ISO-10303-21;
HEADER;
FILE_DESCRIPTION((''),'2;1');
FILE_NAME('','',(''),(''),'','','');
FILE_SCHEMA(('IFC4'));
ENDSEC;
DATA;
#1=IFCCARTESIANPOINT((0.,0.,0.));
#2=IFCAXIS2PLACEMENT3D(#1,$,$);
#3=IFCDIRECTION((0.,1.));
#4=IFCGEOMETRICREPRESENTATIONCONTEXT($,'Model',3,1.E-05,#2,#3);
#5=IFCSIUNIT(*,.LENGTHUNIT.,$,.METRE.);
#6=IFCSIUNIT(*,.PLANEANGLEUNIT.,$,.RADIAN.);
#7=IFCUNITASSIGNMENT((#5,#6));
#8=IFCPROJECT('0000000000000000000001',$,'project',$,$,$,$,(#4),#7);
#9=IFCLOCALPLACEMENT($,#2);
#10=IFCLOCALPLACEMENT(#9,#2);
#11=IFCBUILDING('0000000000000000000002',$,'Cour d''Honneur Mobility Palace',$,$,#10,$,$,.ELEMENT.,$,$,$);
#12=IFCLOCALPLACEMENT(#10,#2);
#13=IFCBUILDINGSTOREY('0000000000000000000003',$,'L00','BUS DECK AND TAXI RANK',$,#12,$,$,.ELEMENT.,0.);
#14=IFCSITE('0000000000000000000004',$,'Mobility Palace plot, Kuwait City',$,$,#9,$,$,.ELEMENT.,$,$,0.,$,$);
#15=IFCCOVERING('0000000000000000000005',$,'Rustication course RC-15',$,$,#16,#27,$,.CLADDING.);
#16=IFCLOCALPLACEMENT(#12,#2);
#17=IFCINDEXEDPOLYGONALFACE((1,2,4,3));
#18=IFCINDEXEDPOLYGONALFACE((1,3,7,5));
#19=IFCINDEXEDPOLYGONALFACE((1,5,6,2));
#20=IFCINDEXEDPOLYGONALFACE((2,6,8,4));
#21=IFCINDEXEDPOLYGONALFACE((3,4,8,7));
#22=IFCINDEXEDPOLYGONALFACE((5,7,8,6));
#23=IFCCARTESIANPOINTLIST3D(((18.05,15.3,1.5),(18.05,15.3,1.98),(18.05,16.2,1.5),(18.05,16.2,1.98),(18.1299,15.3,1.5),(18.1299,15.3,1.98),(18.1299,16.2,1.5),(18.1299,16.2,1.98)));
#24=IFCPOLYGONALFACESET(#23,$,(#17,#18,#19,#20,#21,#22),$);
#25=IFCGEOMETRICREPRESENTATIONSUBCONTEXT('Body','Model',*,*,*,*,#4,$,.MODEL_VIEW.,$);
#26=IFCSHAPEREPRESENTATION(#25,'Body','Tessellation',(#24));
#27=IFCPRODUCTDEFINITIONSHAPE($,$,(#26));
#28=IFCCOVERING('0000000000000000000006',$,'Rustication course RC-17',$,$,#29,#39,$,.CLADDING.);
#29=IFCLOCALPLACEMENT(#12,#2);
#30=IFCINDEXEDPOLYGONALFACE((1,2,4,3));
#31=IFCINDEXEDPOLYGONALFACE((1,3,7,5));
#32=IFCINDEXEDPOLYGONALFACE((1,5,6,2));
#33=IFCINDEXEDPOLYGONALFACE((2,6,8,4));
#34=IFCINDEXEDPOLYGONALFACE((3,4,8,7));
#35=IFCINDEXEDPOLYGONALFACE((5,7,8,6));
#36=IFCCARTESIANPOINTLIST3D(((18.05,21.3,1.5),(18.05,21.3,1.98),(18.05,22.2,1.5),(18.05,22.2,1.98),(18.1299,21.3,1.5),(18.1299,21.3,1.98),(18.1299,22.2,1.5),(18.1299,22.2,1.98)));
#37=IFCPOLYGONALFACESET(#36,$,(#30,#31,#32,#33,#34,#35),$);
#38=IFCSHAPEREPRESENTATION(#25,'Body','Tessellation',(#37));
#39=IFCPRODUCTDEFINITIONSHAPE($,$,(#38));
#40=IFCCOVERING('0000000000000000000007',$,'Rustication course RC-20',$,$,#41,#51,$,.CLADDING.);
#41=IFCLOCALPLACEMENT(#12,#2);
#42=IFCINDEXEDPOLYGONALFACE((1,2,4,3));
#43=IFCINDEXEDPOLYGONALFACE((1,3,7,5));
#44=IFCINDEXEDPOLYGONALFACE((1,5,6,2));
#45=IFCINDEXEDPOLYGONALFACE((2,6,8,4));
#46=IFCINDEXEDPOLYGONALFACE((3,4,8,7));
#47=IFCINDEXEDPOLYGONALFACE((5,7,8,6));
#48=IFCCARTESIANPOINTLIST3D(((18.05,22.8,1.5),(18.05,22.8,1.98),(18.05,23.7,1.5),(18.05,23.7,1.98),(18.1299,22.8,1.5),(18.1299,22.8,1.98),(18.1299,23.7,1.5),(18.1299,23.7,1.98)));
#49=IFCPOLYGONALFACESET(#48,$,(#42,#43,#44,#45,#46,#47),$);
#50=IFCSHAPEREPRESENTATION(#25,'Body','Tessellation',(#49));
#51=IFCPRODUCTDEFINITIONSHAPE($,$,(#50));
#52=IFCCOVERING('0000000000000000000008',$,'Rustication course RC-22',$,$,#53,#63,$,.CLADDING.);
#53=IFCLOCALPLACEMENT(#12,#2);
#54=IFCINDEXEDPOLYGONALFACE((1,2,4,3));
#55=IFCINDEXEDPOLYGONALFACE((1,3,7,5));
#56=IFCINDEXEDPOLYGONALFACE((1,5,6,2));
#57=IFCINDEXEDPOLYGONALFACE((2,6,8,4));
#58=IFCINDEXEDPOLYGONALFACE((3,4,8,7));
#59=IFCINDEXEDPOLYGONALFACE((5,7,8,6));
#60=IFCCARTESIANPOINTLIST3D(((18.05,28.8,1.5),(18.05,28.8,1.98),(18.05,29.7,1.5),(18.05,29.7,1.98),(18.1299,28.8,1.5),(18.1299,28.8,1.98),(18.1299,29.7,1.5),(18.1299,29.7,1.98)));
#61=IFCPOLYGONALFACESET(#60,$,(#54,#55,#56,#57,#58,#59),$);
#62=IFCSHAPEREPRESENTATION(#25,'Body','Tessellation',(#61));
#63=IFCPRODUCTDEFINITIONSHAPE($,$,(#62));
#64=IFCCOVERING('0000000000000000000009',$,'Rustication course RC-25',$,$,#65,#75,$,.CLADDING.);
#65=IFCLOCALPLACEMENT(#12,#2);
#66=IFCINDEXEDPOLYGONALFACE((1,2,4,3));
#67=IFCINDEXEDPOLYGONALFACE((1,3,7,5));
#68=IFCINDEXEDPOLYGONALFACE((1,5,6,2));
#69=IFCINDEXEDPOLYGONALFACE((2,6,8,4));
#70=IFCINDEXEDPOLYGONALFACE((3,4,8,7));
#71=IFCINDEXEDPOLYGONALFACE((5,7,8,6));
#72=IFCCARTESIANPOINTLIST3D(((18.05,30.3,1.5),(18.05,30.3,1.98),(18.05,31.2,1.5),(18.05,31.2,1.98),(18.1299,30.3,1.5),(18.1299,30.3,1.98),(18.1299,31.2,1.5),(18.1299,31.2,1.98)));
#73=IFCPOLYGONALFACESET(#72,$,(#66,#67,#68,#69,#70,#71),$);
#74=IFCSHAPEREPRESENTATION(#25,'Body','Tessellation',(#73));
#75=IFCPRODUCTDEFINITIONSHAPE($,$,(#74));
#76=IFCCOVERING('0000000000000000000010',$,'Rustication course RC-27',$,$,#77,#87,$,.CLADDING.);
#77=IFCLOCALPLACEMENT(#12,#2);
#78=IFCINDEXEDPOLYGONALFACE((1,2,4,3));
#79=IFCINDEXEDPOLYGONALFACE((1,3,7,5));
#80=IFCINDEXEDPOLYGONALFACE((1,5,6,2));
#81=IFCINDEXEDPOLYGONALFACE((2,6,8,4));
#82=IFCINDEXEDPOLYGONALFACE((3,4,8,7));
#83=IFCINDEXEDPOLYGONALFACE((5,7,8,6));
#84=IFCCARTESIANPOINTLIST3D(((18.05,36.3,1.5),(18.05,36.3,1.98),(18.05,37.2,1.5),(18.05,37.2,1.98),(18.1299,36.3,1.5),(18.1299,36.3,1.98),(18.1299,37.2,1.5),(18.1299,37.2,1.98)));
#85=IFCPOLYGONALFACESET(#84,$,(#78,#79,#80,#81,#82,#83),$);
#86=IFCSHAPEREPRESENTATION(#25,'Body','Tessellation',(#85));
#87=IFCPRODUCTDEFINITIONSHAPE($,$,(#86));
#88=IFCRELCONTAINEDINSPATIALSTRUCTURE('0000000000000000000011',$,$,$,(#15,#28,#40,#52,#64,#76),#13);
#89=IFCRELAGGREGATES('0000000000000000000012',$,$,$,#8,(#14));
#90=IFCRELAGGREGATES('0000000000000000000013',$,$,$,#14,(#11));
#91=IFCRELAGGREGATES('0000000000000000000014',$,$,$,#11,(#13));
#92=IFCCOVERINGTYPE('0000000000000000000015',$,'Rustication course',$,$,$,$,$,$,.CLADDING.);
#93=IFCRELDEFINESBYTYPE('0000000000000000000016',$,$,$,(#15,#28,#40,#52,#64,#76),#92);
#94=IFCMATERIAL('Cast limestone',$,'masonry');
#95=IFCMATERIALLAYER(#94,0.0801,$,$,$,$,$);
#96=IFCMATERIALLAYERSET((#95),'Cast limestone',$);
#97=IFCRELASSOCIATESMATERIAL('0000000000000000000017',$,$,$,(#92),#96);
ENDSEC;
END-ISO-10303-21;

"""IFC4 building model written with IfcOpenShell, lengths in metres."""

from ifc_helpers import new_model, si_unit, direction, frame, origin, place, context, subcontext, project, spatial, polyline, outline, extrude, material, layer, layer_set, type_object, element, save


model = new_model("IFC4")

# Units and contexts
model_context = context("Model", 3, precision=1e-05, world=origin(), true_north=direction((0.0, 1.0)))
body_context = subcontext(model_context, "Body", "Model", "MODEL_VIEW")
ifc_project = project(units=[si_unit("LENGTHUNIT", "METRE"), si_unit("PLANEANGLEUNIT", "RADIAN")], contexts=[model_context])

# Site, building, storey
site_placement = place(None, origin())
site = spatial("IfcSite", under=ifc_project, at=site_placement, Name="Mobility Palace plot, Kuwait City", CompositionType="ELEMENT", RefElevation=0.0)
building_placement = place(site_placement, origin())
building = spatial("IfcBuilding", under=site, at=building_placement, Name="Cour d'Honneur Mobility Palace", CompositionType="ELEMENT")
storey_placement = place(building_placement, origin())
storey = spatial("IfcBuildingStorey", under=building, at=storey_placement, Name="L00", Description="BUS DECK AND TAXI RANK", CompositionType="ELEMENT", Elevation=0.0)

# Coverings
ifc_material_1 = material(Name="Cast limestone", Category="masonry")
ifc_layer_1 = layer(ifc_material_1, 0.0801)
ifc_layer_set_1 = layer_set([ifc_layer_1], Name="Cast limestone")
covering_type_1 = type_object("IfcCoveringType", Name="Rustication course", PredefinedType="CLADDING", material=ifc_layer_set_1)
covering_1_placement = place(storey_placement, frame((0.0, 0.0, 1.5)))
element("IfcCovering", 1, at=covering_1_placement, inside=storey, type_object=covering_type_1, Name="Rustication course RC-15", PredefinedType="CLADDING", context=body_context, shape_type="SweptSolid", body=[
    extrude(outline(polyline([(18.05, 15.3), (18.05, 16.2), (18.1299, 16.2), (18.1299, 15.3), (18.05, 15.3)])), origin(), (0.0, 0.0, 1.0), 0.48),
])
covering_2_placement = place(storey_placement, frame((0.0, 0.0, 1.5)))
element("IfcCovering", 2, at=covering_2_placement, inside=storey, type_object=covering_type_1, Name="Rustication course RC-17", PredefinedType="CLADDING", context=body_context, shape_type="SweptSolid", body=[
    extrude(outline(polyline([(18.05, 21.3), (18.05, 22.2), (18.1299, 22.2), (18.1299, 21.3), (18.05, 21.3)])), origin(), (0.0, 0.0, 1.0), 0.48),
])
covering_3_placement = place(storey_placement, frame((0.0, 0.0, 1.5)))
element("IfcCovering", 3, at=covering_3_placement, inside=storey, type_object=covering_type_1, Name="Rustication course RC-20", PredefinedType="CLADDING", context=body_context, shape_type="SweptSolid", body=[
    extrude(outline(polyline([(18.05, 22.8), (18.05, 23.7), (18.1299, 23.7), (18.1299, 22.8), (18.05, 22.8)])), origin(), (0.0, 0.0, 1.0), 0.48),
])
covering_4_placement = place(storey_placement, frame((0.0, 0.0, 1.5)))
element("IfcCovering", 4, at=covering_4_placement, inside=storey, type_object=covering_type_1, Name="Rustication course RC-22", PredefinedType="CLADDING", context=body_context, shape_type="SweptSolid", body=[
    extrude(outline(polyline([(18.05, 28.8), (18.05, 29.7), (18.1299, 29.7), (18.1299, 28.8), (18.05, 28.8)])), origin(), (0.0, 0.0, 1.0), 0.48),
])
covering_5_placement = place(storey_placement, frame((0.0, 0.0, 1.5)))
element("IfcCovering", 5, at=covering_5_placement, inside=storey, type_object=covering_type_1, Name="Rustication course RC-25", PredefinedType="CLADDING", context=body_context, shape_type="SweptSolid", body=[
    extrude(outline(polyline([(18.05, 30.3), (18.05, 31.2), (18.1299, 31.2), (18.1299, 30.3), (18.05, 30.3)])), origin(), (0.0, 0.0, 1.0), 0.48),
])
covering_6_placement = place(storey_placement, frame((0.0, 0.0, 1.5)))
element("IfcCovering", 6, at=covering_6_placement, inside=storey, type_object=covering_type_1, Name="Rustication course RC-27", PredefinedType="CLADDING", context=body_context, shape_type="SweptSolid", body=[
    extrude(outline(polyline([(18.05, 36.3), (18.05, 37.2), (18.1299, 37.2), (18.1299, 36.3), (18.05, 36.3)])), origin(), (0.0, 0.0, 1.0), 0.48),
])

save(model, "model.ifc")
